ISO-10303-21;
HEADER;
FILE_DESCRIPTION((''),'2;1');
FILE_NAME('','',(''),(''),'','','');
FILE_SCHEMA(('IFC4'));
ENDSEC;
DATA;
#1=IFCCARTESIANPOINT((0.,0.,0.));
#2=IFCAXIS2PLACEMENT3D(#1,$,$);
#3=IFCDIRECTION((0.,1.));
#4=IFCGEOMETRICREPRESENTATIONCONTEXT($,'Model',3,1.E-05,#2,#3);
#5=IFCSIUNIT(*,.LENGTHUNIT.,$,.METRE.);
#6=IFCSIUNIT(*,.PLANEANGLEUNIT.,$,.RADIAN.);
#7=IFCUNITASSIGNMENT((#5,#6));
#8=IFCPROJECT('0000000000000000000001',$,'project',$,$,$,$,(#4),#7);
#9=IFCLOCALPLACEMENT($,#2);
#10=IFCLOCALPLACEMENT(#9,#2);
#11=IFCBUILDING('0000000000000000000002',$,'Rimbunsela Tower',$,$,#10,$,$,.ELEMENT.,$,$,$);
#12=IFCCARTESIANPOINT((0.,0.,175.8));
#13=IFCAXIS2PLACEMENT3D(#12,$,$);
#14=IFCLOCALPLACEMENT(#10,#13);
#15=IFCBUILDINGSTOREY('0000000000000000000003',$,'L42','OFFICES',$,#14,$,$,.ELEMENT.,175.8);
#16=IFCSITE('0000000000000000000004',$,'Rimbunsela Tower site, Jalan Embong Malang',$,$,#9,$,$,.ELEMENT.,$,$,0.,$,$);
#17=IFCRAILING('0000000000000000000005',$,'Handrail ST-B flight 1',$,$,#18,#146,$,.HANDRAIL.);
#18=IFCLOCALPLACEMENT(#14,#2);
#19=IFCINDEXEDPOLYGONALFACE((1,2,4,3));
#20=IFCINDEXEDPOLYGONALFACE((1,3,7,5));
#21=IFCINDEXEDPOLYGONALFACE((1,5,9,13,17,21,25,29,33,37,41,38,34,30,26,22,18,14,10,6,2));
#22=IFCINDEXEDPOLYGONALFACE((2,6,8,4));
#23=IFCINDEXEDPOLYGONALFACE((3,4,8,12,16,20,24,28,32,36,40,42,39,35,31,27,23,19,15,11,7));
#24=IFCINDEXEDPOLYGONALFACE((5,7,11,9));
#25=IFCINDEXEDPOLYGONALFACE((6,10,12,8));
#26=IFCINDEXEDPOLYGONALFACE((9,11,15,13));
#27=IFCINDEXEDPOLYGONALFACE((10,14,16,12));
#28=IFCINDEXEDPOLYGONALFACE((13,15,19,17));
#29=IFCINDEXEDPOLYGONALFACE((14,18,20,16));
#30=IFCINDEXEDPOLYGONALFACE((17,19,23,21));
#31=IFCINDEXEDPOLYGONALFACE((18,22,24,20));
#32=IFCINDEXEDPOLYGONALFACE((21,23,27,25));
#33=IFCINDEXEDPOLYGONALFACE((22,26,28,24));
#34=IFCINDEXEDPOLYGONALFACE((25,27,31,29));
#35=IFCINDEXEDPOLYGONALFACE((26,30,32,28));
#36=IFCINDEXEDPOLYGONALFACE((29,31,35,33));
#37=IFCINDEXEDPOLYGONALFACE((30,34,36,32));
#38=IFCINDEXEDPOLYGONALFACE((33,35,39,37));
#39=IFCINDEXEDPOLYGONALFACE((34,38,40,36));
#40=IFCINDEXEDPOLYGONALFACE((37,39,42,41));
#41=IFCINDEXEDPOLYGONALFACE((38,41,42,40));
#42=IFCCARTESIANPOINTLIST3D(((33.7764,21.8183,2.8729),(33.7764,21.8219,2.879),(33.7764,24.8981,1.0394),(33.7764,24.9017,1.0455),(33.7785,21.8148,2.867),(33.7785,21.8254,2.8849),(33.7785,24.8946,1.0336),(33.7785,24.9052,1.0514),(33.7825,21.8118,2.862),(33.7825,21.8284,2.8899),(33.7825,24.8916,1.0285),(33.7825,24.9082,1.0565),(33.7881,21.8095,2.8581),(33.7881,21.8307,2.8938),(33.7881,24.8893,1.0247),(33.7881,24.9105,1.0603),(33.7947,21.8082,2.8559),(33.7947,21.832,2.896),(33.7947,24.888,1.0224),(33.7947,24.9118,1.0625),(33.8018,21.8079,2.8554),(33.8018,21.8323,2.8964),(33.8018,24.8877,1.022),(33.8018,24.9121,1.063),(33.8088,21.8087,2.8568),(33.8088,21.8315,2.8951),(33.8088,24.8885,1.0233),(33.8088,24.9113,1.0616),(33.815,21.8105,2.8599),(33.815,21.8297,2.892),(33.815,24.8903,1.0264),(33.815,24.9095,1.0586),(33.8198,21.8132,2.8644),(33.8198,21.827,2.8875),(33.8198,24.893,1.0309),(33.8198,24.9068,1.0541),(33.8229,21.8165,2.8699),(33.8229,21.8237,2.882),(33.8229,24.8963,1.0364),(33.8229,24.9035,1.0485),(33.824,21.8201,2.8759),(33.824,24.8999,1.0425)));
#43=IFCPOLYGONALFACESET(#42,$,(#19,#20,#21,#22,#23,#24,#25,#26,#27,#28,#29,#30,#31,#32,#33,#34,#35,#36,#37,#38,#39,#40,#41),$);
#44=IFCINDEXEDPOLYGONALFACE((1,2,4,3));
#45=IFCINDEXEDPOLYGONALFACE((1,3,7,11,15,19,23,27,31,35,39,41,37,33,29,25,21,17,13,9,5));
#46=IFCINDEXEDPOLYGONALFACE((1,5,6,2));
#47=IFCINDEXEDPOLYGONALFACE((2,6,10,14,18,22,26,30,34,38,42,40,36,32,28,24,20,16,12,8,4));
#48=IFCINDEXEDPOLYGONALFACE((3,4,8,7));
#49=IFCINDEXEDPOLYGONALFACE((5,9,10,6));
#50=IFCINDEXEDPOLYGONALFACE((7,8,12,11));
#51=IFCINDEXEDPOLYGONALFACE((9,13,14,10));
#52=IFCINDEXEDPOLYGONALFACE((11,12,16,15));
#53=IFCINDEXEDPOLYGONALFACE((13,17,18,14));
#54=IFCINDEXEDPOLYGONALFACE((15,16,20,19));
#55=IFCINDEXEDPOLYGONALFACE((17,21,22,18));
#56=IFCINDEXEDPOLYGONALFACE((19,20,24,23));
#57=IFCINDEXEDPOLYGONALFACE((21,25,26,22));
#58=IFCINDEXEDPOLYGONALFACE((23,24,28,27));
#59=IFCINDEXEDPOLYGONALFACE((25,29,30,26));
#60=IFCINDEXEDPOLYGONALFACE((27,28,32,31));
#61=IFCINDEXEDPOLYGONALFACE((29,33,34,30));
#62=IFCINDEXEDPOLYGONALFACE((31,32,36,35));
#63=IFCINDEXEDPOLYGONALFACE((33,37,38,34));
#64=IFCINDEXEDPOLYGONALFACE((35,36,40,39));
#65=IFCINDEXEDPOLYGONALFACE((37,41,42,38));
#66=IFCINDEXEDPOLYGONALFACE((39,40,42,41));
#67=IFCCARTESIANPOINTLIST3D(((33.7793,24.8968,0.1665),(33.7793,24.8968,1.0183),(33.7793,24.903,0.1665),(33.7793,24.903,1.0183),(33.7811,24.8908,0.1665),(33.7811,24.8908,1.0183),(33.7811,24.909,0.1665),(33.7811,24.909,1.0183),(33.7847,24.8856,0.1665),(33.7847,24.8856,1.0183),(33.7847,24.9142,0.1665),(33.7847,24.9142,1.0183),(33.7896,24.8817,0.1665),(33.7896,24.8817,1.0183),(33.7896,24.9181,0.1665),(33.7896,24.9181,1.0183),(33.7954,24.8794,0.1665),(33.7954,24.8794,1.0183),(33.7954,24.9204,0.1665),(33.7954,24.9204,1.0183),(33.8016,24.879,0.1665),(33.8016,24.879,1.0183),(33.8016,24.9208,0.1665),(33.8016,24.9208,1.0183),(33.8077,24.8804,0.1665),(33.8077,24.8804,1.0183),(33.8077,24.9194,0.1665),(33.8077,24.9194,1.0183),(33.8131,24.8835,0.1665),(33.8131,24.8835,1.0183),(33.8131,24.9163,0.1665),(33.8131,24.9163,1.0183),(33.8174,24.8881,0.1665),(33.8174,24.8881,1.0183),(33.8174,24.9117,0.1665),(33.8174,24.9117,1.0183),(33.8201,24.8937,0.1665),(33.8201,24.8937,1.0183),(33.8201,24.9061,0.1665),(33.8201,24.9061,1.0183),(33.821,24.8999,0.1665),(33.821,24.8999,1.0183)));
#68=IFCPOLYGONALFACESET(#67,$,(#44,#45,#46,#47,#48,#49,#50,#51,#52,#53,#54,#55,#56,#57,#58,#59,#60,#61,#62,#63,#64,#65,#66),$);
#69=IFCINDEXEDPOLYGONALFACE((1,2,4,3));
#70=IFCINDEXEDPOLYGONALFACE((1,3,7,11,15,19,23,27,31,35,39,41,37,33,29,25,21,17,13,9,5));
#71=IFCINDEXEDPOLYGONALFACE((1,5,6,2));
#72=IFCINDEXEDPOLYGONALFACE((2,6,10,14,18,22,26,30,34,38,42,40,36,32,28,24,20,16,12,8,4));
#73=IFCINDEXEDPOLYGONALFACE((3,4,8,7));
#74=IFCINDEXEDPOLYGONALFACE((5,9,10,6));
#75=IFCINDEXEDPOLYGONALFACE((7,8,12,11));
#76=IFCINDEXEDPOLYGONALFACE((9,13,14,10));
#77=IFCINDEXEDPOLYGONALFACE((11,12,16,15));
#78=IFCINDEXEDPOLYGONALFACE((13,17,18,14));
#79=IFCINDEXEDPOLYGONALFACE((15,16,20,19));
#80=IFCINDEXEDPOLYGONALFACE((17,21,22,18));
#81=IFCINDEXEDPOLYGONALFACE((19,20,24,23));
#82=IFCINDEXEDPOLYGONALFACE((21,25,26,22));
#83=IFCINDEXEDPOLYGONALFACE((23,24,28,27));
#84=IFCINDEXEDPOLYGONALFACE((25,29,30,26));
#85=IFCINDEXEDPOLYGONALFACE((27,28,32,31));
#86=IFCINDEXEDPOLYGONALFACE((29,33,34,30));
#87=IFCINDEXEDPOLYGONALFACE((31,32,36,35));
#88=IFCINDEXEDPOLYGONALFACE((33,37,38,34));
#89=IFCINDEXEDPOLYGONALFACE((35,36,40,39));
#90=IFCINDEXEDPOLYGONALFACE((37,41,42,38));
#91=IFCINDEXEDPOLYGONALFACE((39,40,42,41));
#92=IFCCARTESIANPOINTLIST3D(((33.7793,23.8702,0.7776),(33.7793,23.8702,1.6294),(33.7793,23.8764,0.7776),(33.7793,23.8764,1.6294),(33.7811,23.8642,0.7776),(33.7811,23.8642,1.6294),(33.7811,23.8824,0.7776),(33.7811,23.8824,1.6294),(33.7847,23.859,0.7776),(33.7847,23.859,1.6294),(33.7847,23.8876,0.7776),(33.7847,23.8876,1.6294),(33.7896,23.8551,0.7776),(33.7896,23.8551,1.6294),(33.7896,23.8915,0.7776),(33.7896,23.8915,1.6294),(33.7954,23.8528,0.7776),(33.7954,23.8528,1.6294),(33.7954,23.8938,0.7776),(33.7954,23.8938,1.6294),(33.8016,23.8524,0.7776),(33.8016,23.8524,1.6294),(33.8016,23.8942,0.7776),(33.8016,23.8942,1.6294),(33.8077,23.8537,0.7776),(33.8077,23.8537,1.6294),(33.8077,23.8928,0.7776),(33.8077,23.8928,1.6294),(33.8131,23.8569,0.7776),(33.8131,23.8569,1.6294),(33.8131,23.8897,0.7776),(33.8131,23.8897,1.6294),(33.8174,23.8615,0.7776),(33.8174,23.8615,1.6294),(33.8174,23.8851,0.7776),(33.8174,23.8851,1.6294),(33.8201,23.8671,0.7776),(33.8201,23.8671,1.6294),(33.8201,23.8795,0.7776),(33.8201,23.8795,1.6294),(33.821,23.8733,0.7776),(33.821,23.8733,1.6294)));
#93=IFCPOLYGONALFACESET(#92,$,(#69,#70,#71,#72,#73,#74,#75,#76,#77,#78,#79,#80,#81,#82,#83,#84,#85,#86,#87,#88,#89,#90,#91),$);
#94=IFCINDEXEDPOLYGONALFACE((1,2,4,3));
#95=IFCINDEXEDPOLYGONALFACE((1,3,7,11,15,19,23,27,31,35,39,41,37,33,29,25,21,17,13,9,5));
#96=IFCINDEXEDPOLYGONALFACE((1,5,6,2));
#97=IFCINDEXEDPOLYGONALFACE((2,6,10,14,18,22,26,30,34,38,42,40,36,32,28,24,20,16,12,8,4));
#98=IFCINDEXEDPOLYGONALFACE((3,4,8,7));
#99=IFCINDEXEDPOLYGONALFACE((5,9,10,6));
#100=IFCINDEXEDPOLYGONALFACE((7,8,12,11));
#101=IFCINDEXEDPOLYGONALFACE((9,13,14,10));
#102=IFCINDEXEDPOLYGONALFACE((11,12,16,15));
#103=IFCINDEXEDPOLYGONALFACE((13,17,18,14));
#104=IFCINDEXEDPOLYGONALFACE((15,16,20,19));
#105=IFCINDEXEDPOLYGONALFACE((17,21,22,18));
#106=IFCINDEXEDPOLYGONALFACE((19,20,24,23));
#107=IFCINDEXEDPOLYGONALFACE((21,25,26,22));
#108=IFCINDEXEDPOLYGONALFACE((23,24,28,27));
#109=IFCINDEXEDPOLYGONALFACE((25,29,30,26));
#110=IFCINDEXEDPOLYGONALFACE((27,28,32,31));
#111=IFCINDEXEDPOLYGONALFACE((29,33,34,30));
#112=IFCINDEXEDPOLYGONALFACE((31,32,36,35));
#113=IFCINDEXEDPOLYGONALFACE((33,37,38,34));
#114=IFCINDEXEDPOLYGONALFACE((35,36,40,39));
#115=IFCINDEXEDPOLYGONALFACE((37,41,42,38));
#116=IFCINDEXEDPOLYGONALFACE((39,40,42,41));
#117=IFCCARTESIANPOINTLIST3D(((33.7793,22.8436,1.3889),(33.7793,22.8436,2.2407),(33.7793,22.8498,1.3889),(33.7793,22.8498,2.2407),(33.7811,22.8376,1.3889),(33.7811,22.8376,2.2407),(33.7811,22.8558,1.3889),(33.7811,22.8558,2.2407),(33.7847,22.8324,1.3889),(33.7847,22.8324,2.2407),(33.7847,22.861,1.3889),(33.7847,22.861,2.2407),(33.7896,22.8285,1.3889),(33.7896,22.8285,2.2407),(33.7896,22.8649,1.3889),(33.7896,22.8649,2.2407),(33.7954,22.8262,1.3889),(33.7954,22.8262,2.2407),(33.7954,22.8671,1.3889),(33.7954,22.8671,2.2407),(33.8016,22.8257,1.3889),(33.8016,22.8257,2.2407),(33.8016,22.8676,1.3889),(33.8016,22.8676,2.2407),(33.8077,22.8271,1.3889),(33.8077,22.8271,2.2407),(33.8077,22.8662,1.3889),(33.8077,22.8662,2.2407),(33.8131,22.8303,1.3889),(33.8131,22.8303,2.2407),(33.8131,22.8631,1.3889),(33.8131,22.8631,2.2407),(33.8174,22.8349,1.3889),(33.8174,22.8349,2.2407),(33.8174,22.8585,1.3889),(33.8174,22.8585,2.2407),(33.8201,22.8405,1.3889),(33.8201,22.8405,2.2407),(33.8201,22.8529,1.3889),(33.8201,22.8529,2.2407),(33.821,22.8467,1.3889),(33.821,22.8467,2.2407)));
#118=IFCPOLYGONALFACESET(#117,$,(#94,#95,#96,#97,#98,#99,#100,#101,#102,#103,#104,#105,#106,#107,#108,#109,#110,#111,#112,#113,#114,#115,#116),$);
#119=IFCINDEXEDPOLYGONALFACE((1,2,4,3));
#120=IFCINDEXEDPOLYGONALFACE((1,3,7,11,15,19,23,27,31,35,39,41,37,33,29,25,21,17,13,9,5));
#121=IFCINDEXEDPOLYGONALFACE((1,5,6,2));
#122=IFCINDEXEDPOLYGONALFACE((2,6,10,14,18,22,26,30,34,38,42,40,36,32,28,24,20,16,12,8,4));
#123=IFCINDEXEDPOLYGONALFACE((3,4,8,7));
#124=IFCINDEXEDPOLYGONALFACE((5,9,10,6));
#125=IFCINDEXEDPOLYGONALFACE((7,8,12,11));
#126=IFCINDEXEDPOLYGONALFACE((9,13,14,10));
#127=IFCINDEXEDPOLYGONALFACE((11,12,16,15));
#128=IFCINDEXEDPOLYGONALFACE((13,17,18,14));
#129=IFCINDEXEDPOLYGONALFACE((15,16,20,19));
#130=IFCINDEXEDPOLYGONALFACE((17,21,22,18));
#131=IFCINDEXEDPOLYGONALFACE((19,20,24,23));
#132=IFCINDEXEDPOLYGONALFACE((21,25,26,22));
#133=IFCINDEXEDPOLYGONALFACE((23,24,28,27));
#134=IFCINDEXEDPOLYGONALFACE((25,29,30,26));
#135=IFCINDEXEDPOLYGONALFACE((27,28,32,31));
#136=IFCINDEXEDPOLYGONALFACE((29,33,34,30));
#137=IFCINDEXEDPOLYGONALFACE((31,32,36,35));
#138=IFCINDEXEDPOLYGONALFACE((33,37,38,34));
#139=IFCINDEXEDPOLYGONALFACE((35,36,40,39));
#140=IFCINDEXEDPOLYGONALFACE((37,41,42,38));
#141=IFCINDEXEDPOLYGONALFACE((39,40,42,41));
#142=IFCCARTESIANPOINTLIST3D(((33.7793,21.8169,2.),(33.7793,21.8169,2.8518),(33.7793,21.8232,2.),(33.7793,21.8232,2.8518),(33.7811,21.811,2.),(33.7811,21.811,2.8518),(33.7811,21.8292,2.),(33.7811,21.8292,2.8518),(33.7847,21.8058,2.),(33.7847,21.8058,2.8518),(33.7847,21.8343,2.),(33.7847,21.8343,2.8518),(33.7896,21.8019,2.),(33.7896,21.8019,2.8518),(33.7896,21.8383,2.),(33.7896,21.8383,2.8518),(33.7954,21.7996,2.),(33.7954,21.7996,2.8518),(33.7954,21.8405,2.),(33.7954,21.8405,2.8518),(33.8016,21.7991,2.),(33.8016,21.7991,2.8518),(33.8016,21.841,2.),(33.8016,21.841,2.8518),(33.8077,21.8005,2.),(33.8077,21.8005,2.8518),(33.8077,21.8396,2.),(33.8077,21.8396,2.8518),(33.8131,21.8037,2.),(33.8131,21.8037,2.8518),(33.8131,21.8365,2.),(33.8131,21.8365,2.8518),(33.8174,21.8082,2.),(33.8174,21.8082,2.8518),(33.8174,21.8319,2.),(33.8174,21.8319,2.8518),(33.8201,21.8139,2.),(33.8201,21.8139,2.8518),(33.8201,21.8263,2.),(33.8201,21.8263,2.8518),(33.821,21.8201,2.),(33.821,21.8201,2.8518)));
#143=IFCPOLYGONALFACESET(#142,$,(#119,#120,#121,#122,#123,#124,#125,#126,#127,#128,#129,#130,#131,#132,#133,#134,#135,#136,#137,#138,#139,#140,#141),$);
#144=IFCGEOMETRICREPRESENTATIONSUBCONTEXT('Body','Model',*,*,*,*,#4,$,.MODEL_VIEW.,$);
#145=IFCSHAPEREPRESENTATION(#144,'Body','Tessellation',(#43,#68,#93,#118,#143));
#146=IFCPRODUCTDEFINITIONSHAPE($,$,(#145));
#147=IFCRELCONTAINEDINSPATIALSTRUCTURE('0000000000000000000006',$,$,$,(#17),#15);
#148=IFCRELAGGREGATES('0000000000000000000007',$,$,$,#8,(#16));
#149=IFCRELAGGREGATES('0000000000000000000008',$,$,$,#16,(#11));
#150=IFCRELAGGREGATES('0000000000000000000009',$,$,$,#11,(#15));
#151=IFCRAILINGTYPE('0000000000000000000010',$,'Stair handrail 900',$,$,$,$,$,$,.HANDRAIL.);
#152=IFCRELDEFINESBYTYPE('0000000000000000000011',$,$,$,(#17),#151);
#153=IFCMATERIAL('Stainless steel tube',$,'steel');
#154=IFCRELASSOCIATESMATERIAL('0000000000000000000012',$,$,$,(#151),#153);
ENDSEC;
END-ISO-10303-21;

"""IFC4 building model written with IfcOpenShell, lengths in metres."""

from ifc_helpers import new_model, si_unit, direction, frame, origin, origin_2d, place, context, subcontext, project, spatial, circle, extrude, material, type_object, element, save


model = new_model("IFC4")

# Units and contexts
model_context = context("Model", 3, precision=1e-05, world=origin(), true_north=direction((0.0, 1.0)))
body_context = subcontext(model_context, "Body", "Model", "MODEL_VIEW")
ifc_project = project(units=[si_unit("LENGTHUNIT", "METRE"), si_unit("PLANEANGLEUNIT", "RADIAN")], contexts=[model_context])

# Site, building, storey
site_placement = place(None, origin())
site = spatial("IfcSite", under=ifc_project, at=site_placement, Name="Rimbunsela Tower site, Jalan Embong Malang", CompositionType="ELEMENT", RefElevation=0.0)
building_placement = place(site_placement, origin())
building = spatial("IfcBuilding", under=site, at=building_placement, Name="Rimbunsela Tower", CompositionType="ELEMENT")
storey_placement = place(building_placement, frame((0.0, 0.0, 175.8)))
storey = spatial("IfcBuildingStorey", under=building, at=storey_placement, Name="L42", Description="OFFICES", CompositionType="ELEMENT", Elevation=175.8)

# Railing
ifc_material_1 = material(Name="Stainless steel tube", Category="steel")
railing_type = type_object("IfcRailingType", Name="Stair handrail 900", PredefinedType="HANDRAIL", material=ifc_material_1)
for number, where, name in (
    (1, (33.8, 24.8999, 0.1665), "Handrail ST-B flight 1"),
):
    element("IfcRailing", number, at=place(storey_placement, frame(where)), inside=storey, type_object=railing_type, Name=name, PredefinedType="HANDRAIL", context=body_context, shape_type="SweptSolid", body=[
        extrude(circle(Radius=0.0239, at=origin_2d()), frame((0.0, 0.0, 0.876), z_axis=(0.0, -0.859261, 0.511538), x_axis=(1.0, 0.0, 0.0)), (0.0, 0.0, 1.0), 3.5842),
        extrude(circle(Radius=0.021, at=origin_2d()), origin(), (0.0, 0.0, 1.0), 0.8518),
        extrude(circle(Radius=0.021, at=origin_2d()), frame((0.0, -1.0266, 0.6111)), (0.0, 0.0, 1.0), 0.8518),
        extrude(circle(Radius=0.021, at=origin_2d()), frame((0.0, -2.0532, 1.2224)), (0.0, 0.0, 1.0), 0.8518),
        extrude(circle(Radius=0.021, at=origin_2d()), frame((0.0, -3.0798, 1.8335)), (0.0, 0.0, 1.0), 0.8518),
    ])

save(model, "model.ifc")
